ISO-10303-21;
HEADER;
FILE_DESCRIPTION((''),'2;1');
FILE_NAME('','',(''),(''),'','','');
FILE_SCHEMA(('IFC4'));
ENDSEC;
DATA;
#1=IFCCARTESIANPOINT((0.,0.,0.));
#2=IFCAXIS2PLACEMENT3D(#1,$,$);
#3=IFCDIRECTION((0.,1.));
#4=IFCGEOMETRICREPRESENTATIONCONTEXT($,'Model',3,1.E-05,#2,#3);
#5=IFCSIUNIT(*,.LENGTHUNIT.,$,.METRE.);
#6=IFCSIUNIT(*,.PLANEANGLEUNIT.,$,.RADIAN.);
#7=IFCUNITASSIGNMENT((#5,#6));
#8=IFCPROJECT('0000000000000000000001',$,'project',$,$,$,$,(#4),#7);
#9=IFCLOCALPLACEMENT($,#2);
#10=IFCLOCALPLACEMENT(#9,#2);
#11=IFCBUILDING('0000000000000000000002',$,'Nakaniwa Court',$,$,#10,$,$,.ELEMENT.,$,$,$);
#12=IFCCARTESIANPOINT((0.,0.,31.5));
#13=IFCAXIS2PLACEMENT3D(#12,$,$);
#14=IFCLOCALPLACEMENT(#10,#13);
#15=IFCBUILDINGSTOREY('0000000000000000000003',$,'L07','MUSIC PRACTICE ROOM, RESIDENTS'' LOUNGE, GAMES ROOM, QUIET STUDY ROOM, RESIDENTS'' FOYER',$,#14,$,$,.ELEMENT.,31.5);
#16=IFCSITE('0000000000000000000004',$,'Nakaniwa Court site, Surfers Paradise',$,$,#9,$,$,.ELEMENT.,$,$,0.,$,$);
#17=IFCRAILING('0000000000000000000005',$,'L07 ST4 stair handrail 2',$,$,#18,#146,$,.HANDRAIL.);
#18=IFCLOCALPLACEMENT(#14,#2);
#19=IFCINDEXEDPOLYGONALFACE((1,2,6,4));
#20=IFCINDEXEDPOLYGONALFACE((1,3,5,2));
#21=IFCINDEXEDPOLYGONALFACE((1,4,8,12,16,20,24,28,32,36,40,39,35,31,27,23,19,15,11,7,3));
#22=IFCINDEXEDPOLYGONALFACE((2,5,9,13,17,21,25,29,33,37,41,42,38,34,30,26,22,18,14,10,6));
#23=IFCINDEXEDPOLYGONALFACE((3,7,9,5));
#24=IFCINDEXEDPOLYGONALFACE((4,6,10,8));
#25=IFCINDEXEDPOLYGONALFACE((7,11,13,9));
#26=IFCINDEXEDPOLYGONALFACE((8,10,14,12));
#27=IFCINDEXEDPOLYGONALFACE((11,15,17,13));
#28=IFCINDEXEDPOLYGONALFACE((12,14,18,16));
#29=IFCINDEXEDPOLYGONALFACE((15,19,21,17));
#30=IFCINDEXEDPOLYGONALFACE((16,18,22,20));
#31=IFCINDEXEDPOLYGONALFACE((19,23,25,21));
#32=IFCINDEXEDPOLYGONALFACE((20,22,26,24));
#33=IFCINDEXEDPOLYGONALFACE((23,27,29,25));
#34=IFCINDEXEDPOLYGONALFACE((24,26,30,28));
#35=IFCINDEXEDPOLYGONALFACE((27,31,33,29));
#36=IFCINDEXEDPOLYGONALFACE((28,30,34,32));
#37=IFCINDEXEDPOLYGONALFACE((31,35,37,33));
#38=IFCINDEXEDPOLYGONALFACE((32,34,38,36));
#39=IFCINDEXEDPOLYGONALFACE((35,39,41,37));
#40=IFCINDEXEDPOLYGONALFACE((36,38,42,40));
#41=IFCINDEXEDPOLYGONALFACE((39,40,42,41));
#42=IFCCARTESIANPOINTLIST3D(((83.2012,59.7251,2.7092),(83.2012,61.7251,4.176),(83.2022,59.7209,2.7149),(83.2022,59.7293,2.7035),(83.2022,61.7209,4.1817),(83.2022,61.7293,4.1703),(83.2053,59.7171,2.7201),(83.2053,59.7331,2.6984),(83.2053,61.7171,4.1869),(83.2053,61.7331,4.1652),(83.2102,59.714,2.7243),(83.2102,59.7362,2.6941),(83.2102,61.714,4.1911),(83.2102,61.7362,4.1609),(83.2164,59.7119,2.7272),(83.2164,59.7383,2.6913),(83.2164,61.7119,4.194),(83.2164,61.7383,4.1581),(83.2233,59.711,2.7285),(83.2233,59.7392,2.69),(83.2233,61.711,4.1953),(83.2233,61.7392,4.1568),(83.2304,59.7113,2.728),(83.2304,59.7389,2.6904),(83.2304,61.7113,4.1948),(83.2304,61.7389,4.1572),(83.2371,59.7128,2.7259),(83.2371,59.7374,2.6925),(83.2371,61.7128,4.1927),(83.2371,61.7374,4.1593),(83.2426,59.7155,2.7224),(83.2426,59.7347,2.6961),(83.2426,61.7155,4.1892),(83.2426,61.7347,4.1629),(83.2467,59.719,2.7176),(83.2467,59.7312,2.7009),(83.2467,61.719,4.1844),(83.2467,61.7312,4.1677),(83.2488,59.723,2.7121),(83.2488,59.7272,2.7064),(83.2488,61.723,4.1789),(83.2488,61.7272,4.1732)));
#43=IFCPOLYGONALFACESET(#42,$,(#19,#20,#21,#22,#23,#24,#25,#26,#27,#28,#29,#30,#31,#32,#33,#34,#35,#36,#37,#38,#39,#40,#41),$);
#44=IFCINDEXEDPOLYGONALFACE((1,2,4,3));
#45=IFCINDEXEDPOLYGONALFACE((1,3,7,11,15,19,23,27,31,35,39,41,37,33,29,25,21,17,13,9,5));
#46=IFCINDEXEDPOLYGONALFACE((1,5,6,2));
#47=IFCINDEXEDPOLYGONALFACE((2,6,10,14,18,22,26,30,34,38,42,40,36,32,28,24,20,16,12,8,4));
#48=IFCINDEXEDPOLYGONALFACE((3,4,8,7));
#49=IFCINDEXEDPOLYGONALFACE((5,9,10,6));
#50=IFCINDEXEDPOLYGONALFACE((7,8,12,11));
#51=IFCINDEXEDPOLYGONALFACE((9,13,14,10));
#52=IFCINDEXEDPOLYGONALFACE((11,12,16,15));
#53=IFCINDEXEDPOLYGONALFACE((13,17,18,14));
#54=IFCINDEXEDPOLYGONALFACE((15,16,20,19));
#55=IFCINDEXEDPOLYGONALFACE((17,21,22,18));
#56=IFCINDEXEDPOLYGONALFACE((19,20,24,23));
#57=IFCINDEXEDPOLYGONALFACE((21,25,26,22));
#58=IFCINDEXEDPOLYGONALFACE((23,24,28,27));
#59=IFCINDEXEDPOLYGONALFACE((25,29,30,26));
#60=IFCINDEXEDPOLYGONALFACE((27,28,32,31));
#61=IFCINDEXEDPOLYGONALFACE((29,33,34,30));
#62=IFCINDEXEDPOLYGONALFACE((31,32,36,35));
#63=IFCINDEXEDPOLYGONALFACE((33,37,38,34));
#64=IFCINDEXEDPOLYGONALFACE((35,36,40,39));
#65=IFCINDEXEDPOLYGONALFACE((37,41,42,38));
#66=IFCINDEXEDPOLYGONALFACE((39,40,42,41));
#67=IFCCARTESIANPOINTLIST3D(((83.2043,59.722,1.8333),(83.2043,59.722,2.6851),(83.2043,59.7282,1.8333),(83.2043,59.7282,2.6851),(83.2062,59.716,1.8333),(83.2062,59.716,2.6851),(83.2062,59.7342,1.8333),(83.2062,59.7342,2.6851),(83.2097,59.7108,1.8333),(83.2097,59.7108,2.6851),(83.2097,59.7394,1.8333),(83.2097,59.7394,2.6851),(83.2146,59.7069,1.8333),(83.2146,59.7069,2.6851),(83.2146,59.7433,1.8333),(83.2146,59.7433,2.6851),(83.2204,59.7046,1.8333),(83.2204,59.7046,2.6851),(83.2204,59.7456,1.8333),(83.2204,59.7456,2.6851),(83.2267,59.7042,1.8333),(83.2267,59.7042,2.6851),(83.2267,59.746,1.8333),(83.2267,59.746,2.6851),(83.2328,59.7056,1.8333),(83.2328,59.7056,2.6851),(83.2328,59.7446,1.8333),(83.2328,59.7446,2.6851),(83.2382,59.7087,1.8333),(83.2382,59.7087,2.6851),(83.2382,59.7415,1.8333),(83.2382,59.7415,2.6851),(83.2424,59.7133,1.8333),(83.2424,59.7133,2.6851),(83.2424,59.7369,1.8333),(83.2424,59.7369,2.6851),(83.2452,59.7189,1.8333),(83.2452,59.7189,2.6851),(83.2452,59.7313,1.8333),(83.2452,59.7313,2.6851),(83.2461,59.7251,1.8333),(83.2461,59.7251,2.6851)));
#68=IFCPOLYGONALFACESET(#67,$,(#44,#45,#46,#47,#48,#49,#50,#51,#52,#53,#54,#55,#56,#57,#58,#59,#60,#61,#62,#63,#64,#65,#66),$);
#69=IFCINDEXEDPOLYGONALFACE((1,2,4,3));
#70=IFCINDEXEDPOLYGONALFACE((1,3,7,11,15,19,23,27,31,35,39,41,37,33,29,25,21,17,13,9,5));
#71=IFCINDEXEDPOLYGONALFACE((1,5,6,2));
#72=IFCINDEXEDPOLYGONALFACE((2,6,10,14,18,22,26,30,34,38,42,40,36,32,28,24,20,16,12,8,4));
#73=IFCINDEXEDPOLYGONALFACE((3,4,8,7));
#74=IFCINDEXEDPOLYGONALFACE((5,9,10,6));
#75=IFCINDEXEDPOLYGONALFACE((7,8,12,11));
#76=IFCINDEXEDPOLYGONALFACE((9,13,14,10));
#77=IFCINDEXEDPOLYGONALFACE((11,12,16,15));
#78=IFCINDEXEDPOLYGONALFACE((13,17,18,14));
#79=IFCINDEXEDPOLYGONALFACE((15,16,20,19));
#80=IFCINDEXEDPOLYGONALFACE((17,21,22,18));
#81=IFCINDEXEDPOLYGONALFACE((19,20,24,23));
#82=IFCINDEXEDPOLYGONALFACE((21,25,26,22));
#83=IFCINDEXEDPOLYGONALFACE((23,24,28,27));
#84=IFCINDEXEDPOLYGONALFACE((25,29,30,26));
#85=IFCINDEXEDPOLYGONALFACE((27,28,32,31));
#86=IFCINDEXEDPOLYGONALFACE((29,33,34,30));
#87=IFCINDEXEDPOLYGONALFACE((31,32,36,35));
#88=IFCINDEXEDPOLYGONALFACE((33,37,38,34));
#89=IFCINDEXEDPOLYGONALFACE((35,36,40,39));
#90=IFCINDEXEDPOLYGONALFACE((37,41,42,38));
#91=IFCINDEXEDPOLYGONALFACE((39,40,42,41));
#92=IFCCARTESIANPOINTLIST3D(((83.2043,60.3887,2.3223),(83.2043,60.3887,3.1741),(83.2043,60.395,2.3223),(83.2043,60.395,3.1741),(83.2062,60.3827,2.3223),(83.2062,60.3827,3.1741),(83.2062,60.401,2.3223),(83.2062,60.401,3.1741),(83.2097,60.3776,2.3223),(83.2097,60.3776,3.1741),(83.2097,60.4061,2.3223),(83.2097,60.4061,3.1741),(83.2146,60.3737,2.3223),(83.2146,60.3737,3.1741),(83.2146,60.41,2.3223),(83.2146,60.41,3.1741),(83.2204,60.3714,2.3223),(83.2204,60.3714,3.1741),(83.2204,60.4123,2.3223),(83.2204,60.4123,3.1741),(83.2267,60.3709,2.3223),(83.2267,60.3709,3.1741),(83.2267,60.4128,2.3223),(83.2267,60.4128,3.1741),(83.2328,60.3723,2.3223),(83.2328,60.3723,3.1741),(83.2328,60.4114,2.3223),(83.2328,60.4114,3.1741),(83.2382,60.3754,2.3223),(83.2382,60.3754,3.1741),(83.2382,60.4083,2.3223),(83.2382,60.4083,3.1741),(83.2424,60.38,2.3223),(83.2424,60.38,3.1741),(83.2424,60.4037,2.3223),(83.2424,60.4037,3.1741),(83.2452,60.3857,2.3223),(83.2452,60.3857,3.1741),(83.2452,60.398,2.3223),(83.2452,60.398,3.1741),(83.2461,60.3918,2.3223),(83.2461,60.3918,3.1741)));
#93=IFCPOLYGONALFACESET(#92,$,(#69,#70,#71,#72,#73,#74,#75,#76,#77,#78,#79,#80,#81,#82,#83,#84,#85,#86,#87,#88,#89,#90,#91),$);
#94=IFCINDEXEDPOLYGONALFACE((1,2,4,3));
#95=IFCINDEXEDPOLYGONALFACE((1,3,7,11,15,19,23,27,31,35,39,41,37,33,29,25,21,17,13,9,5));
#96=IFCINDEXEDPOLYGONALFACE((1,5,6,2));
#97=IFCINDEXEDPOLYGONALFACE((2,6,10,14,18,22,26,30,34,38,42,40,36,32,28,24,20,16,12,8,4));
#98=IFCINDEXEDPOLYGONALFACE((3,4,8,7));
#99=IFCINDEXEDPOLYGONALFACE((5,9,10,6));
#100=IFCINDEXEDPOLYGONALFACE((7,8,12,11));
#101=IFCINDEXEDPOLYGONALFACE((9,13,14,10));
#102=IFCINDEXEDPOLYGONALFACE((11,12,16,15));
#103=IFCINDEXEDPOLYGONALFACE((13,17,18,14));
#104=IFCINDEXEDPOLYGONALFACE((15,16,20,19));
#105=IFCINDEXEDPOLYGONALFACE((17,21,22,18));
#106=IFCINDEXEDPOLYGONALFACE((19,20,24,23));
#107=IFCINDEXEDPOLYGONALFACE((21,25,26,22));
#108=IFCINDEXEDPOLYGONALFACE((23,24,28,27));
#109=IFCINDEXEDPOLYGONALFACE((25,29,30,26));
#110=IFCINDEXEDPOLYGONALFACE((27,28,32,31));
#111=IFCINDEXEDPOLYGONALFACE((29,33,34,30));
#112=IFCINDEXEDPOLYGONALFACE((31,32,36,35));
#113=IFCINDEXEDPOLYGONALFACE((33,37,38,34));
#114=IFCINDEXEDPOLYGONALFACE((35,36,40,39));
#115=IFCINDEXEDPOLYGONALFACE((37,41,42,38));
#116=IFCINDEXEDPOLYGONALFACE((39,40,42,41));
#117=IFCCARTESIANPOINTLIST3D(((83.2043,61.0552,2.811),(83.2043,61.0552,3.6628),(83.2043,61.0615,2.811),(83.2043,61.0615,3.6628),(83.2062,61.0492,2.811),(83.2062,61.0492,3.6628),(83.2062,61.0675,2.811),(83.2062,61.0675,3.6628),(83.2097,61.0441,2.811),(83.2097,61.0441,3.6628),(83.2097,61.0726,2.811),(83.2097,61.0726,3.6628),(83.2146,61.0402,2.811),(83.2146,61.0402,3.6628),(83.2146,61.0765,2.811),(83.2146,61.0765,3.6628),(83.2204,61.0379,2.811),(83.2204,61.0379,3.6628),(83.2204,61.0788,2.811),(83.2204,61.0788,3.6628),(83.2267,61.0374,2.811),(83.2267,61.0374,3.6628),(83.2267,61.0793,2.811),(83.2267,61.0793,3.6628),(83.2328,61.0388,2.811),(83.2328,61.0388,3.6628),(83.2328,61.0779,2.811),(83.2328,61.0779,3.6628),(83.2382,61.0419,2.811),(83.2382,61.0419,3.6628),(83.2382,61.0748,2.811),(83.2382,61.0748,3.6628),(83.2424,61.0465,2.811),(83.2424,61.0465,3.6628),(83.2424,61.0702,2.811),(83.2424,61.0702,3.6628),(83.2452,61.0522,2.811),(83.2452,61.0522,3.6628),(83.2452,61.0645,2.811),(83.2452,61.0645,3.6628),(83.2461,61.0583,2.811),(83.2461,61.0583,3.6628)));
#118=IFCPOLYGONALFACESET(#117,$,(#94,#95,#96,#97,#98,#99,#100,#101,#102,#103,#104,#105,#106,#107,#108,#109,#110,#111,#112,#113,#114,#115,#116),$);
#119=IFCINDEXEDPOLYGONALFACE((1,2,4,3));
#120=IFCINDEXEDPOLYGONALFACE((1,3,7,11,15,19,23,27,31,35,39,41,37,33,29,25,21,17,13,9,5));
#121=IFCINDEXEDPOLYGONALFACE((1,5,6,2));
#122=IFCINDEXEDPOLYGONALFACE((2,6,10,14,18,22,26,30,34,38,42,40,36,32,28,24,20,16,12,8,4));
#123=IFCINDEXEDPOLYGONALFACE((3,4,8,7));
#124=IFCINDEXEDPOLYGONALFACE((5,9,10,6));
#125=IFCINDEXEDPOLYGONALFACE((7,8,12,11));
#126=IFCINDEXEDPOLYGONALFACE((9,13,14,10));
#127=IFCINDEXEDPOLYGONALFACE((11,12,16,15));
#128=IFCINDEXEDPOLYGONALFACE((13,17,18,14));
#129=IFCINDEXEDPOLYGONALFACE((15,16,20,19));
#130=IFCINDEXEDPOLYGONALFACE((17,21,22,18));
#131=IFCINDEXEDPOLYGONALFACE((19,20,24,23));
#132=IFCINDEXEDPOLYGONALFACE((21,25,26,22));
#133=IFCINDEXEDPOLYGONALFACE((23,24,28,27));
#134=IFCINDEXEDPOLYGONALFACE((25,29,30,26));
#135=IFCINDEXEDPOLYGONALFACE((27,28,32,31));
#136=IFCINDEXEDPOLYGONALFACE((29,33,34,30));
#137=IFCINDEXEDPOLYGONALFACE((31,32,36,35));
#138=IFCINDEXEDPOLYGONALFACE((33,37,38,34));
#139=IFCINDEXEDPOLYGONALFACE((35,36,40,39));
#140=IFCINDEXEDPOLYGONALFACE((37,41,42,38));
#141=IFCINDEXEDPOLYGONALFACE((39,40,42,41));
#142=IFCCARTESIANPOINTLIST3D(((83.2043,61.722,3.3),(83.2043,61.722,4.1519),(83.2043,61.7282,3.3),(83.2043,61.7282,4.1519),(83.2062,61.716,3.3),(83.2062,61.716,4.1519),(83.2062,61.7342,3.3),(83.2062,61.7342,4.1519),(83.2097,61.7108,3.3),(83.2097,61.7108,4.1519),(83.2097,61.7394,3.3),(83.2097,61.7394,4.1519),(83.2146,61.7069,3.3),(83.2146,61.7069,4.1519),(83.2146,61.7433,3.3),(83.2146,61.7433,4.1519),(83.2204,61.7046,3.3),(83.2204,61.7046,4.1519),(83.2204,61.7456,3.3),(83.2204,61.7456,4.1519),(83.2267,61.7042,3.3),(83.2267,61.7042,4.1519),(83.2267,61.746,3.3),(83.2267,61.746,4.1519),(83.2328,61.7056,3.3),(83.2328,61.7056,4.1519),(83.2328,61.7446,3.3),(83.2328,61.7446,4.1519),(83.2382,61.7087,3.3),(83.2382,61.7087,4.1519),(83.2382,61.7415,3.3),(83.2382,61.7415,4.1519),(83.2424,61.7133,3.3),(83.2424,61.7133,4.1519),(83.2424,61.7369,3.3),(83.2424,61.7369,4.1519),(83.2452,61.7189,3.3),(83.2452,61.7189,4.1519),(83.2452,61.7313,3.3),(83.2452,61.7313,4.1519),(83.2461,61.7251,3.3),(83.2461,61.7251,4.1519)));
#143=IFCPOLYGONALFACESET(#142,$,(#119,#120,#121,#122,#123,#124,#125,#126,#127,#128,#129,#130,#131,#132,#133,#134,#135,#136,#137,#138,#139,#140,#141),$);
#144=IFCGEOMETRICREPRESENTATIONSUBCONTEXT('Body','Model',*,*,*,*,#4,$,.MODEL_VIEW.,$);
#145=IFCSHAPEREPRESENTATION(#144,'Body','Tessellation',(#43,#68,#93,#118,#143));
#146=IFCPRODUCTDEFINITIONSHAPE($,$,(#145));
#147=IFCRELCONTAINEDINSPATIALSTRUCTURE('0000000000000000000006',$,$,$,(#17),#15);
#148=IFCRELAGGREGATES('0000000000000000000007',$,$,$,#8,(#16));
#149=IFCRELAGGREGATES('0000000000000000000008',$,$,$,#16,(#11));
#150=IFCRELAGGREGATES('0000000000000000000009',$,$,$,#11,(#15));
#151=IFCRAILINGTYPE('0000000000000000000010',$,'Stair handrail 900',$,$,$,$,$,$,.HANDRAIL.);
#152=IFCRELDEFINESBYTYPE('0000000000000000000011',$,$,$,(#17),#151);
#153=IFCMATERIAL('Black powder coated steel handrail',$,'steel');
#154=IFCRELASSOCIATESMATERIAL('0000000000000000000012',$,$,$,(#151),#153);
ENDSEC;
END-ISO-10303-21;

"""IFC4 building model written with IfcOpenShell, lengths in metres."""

from ifc_helpers import new_model, si_unit, direction, frame, origin, origin_2d, place, context, subcontext, project, spatial, circle, extrude, material, type_object, element, save


model = new_model("IFC4")

# Units and contexts
model_context = context("Model", 3, precision=1e-05, world=origin(), true_north=direction((0.0, 1.0)))
body_context = subcontext(model_context, "Body", "Model", "MODEL_VIEW")
ifc_project = project(units=[si_unit("LENGTHUNIT", "METRE"), si_unit("PLANEANGLEUNIT", "RADIAN")], contexts=[model_context])

# Site, building, storey
site_placement = place(None, origin())
site = spatial("IfcSite", under=ifc_project, at=site_placement, Name="Nakaniwa Court site, Surfers Paradise", CompositionType="ELEMENT", RefElevation=0.0)
building_placement = place(site_placement, origin())
building = spatial("IfcBuilding", under=site, at=building_placement, Name="Nakaniwa Court", CompositionType="ELEMENT")
storey_placement = place(building_placement, frame((0.0, 0.0, 31.5)))
storey = spatial("IfcBuildingStorey", under=building, at=storey_placement, Name="L07", Description="MUSIC PRACTICE ROOM, RESIDENTS' LOUNGE, GAMES ROOM, QUIET STUDY ROOM, RESIDENTS' FOYER", CompositionType="ELEMENT", Elevation=31.5)

# Railing
ifc_material_1 = material(Name="Black powder coated steel handrail", Category="steel")
railing_type_1 = type_object("IfcRailingType", Name="Stair handrail 900", PredefinedType="HANDRAIL", material=ifc_material_1)
railing_1_placement = place(storey_placement, frame((83.2251, 59.7251, 1.8333)))
element("IfcRailing", 1, at=railing_1_placement, inside=storey, type_object=railing_type_1, Name="L07 ST4 stair handrail 2", PredefinedType="HANDRAIL", context=body_context, shape_type="SweptSolid", body=[
    extrude(circle(Radius=0.0239, at=origin_2d()), frame((0.0, 0.0, 0.876), z_axis=(0.0, 0.80638, 0.591398), x_axis=(-1.0, 0.0, 0.0)), (0.0, 0.0, 1.0), 2.4802),
    extrude(circle(Radius=0.021, at=origin_2d()), origin(), (0.0, 0.0, 1.0), 0.8518),
    extrude(circle(Radius=0.021, at=origin_2d()), frame((0.0, 0.6667, 0.489)), (0.0, 0.0, 1.0), 0.8518),
    extrude(circle(Radius=0.021, at=origin_2d()), frame((0.0, 1.3333, 0.9778)), (0.0, 0.0, 1.0), 0.8518),
    extrude(circle(Radius=0.021, at=origin_2d()), frame((0.0, 2.0, 1.4668)), (0.0, 0.0, 1.0), 0.8518),
])

save(model, "model.ifc")
